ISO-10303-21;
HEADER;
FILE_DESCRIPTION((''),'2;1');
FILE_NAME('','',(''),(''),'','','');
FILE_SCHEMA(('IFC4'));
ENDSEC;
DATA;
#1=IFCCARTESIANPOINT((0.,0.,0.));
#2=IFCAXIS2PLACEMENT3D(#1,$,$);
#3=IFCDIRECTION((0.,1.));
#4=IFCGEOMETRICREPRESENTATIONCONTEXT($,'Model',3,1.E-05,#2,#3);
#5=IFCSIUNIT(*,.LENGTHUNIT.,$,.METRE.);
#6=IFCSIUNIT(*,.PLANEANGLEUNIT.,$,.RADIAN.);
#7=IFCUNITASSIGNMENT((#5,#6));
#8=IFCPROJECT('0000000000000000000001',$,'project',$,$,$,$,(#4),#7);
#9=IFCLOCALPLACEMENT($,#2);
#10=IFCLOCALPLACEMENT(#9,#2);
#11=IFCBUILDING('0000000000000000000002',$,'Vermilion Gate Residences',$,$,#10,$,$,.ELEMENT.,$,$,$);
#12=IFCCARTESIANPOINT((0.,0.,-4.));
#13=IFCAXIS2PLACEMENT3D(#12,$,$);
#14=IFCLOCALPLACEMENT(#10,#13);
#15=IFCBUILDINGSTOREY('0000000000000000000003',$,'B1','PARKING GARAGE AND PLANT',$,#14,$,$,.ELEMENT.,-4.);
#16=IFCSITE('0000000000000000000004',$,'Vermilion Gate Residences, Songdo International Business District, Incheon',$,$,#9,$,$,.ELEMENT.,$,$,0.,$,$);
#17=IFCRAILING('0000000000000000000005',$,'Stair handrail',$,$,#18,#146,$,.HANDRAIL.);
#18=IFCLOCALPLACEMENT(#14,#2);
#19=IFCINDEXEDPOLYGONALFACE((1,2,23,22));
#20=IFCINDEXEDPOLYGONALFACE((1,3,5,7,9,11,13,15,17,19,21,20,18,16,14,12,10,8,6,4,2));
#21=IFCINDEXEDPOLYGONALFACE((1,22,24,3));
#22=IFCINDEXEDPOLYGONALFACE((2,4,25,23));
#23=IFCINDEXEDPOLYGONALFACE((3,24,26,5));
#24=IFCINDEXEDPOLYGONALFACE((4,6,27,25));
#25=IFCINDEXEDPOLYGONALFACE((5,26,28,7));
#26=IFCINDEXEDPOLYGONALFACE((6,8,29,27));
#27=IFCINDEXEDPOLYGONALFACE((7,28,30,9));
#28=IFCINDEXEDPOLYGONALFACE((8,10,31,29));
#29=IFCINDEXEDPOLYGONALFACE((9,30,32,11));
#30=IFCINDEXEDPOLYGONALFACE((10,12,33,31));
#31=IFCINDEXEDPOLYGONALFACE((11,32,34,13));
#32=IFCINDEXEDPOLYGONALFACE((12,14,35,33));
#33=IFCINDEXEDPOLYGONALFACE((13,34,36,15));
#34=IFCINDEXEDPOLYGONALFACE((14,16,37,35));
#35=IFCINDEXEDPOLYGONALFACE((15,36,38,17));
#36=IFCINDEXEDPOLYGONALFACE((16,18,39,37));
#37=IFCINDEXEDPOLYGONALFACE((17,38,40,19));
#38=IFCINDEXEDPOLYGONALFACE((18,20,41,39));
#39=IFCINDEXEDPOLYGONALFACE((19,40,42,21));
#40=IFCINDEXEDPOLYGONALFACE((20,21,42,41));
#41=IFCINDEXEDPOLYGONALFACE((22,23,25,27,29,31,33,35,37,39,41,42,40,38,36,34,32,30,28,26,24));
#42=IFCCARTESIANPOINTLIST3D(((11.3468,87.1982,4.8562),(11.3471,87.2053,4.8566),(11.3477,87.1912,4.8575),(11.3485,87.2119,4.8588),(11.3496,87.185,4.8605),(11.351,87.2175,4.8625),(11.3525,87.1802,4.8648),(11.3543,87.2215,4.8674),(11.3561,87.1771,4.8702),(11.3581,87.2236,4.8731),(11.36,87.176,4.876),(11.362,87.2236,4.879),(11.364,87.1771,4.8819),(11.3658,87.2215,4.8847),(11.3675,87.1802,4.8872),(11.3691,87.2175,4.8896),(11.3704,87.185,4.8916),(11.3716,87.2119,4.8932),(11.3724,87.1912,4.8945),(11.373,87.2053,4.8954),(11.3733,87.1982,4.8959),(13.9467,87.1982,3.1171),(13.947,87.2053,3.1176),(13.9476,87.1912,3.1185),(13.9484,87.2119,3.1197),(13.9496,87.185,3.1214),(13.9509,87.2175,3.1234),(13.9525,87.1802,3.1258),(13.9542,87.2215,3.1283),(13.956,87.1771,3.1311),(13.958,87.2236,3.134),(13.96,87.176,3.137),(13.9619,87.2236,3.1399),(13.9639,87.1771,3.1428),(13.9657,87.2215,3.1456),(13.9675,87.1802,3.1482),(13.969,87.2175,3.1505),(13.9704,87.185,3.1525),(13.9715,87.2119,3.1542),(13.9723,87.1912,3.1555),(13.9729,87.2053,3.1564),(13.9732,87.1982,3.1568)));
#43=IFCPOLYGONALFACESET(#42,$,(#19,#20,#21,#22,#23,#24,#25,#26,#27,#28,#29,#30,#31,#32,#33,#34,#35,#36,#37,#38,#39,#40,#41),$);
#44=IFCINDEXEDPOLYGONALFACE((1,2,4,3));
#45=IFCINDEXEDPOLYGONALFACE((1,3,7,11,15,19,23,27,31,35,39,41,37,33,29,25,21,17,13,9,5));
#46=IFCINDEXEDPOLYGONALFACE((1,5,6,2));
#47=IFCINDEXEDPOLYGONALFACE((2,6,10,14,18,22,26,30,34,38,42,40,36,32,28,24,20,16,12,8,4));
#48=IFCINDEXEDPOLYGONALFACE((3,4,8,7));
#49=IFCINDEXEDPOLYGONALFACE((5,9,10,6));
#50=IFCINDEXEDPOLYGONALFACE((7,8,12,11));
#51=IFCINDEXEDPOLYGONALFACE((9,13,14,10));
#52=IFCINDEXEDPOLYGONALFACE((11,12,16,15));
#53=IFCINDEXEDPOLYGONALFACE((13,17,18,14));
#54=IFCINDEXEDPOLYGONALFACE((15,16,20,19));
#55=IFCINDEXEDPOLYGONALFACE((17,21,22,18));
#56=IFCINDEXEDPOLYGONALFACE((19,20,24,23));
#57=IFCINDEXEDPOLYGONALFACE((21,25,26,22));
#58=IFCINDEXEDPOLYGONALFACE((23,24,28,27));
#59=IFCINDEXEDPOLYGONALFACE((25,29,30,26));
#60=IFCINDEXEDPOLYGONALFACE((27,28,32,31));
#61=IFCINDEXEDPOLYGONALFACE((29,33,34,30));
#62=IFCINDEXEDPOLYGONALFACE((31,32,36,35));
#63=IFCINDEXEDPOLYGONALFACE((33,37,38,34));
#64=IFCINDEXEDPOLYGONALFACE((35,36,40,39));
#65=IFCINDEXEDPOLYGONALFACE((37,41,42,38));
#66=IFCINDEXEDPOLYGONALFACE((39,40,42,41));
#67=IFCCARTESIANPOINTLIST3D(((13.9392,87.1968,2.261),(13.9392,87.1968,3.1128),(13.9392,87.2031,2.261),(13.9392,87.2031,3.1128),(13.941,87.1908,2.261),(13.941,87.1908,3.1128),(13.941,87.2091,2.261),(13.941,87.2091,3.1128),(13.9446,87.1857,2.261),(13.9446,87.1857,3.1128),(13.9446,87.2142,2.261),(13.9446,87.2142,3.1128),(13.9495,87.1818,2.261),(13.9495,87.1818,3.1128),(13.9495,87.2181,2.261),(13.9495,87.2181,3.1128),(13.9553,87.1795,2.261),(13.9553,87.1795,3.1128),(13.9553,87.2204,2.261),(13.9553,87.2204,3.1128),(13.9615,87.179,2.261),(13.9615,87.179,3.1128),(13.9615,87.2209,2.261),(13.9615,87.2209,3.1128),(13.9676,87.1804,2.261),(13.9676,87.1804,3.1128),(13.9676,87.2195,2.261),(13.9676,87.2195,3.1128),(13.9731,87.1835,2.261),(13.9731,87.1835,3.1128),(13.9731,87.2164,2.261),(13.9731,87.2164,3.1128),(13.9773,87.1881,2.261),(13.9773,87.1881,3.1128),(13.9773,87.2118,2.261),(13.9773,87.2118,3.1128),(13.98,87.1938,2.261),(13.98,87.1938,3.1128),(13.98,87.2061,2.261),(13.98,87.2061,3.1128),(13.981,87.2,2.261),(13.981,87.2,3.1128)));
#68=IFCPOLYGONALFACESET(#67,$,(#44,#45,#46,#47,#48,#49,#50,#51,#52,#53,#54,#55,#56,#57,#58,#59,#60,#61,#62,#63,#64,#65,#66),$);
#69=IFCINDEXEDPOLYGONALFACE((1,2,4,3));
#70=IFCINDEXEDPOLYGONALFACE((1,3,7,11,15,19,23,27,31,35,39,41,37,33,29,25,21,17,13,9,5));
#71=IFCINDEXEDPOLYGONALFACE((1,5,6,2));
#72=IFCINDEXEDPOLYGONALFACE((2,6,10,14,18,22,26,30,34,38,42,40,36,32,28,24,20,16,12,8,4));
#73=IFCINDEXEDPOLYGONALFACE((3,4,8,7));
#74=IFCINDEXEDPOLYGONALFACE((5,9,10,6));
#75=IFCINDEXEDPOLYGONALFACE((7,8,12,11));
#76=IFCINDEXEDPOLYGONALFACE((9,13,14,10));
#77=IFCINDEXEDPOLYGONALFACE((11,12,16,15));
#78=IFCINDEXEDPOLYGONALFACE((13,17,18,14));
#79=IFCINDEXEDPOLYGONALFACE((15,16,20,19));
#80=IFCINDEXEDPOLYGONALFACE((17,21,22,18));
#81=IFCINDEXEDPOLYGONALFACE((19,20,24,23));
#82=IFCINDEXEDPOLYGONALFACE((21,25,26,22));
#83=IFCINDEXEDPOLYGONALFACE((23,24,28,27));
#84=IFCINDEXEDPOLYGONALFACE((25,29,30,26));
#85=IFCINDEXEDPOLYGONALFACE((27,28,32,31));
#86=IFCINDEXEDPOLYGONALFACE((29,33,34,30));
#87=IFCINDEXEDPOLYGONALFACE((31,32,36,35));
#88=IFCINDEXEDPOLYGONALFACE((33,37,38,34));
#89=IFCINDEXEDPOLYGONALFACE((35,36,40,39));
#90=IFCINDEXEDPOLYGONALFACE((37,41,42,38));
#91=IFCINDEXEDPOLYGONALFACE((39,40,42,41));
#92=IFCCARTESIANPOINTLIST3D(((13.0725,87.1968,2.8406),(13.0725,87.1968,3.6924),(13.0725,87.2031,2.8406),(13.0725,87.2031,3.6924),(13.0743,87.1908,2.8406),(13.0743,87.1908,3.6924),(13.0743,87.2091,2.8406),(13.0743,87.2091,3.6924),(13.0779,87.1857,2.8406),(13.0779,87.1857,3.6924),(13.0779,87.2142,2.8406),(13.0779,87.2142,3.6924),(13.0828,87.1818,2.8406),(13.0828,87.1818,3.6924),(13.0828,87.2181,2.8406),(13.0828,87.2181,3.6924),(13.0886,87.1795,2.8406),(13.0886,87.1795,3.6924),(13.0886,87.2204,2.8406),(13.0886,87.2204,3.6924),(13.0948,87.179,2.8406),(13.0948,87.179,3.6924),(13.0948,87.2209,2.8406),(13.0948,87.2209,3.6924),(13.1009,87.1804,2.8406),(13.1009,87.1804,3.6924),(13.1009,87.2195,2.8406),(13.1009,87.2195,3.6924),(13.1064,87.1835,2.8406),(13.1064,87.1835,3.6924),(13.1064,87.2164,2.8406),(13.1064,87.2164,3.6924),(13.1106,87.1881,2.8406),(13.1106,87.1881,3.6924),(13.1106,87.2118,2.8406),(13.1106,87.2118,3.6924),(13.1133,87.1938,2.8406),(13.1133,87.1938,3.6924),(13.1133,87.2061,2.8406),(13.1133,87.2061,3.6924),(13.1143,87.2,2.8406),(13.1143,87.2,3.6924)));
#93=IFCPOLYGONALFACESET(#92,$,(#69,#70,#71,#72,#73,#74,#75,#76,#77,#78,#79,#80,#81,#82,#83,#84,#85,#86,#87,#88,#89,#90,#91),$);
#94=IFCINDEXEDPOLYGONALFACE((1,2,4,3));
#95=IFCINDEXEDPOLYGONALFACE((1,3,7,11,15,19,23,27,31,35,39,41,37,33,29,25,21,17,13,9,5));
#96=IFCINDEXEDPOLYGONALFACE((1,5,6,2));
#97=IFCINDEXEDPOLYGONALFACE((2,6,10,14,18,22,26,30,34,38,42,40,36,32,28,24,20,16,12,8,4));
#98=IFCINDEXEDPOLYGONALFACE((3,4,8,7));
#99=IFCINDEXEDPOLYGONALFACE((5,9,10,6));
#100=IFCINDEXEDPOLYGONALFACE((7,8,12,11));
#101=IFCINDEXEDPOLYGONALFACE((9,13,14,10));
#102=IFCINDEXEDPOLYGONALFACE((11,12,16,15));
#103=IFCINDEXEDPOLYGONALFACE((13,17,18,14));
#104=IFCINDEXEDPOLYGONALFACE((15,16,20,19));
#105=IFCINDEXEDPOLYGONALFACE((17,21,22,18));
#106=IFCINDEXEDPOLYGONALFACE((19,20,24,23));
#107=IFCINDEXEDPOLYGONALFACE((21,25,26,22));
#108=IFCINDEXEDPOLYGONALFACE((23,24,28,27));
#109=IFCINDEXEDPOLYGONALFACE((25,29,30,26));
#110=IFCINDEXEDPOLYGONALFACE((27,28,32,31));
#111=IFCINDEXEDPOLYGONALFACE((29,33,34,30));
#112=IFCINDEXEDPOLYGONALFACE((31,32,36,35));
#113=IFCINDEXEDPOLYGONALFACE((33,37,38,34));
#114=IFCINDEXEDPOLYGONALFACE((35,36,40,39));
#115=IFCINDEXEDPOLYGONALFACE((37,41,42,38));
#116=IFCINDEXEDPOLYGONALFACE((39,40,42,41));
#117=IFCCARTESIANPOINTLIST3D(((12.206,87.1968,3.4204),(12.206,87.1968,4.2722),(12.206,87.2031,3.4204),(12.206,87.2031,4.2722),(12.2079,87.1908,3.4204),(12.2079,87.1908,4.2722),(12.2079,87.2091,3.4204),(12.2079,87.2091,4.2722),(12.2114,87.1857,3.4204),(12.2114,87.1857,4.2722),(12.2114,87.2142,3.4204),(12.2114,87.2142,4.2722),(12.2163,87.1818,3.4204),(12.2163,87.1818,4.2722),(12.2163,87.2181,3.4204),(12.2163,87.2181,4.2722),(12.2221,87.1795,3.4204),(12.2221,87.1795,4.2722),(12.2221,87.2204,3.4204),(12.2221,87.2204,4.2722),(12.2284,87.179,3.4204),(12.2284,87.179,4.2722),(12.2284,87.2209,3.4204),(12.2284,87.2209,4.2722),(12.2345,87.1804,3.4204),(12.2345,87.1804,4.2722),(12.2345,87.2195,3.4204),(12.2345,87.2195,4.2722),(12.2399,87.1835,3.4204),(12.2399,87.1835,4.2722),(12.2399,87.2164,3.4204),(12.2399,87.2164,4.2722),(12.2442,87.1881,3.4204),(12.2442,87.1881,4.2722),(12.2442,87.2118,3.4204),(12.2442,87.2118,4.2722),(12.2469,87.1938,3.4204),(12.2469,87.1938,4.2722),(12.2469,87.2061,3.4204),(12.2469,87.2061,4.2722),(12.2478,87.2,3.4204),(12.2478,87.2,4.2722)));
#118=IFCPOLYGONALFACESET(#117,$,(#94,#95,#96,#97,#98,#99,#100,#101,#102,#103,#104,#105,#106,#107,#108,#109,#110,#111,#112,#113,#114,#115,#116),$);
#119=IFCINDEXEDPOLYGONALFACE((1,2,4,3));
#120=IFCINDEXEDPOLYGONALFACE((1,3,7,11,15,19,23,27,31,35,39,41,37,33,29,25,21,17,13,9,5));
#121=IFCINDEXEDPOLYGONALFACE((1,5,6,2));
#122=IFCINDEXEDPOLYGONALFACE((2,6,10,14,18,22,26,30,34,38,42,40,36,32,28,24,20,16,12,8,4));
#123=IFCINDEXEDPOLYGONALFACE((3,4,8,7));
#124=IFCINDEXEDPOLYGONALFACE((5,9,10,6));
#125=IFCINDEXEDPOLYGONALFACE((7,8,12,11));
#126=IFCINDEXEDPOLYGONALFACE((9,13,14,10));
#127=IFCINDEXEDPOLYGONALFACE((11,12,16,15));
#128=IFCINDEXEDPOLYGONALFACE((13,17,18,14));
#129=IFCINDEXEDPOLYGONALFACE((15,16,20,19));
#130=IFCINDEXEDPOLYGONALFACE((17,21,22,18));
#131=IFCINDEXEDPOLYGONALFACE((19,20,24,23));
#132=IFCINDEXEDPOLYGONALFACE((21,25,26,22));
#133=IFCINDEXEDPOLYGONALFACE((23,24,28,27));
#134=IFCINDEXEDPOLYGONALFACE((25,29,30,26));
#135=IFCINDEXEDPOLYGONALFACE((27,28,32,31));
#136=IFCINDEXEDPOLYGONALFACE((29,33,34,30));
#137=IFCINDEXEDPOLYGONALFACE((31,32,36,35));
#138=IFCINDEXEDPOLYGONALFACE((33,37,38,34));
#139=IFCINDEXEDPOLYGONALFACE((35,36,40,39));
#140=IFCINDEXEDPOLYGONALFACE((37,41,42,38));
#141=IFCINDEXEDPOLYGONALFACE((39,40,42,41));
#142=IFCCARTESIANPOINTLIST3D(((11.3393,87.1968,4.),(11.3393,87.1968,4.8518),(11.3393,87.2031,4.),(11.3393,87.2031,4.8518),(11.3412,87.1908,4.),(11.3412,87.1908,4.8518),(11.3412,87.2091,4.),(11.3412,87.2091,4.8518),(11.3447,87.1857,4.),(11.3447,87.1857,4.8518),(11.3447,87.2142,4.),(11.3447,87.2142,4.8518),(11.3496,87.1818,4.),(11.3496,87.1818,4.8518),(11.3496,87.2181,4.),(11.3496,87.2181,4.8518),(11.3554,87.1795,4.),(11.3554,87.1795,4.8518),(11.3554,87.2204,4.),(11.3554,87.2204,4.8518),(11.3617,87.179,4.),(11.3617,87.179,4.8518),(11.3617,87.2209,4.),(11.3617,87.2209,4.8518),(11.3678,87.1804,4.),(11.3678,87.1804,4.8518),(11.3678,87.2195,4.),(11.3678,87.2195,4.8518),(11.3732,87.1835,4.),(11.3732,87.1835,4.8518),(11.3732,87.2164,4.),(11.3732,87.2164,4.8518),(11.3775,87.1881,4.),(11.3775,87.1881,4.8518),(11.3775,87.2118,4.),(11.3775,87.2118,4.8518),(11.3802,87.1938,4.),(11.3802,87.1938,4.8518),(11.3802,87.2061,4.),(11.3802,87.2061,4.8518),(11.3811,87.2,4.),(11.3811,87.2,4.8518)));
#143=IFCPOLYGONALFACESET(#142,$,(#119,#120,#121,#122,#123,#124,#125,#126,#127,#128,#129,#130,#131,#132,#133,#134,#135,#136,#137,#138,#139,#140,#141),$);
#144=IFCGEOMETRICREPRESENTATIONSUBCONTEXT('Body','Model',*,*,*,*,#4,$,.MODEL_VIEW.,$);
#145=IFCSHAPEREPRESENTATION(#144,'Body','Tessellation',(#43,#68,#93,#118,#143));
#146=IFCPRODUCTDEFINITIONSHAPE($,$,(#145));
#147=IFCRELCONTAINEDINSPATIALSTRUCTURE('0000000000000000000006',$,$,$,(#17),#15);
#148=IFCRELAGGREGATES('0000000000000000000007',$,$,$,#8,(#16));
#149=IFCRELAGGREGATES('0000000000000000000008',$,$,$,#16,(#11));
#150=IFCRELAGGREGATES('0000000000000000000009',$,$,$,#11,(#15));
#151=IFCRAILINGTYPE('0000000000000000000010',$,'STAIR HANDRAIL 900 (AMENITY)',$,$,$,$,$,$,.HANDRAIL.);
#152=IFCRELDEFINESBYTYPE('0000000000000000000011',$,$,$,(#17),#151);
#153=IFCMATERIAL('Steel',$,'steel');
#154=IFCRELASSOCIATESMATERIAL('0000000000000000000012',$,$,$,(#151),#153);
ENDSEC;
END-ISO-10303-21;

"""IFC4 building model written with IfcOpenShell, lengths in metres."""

from ifc_helpers import new_model, si_unit, direction, frame, origin, origin_2d, place, context, subcontext, project, spatial, circle, extrude, material, type_object, element, save


model = new_model("IFC4")

# Units and contexts
model_context = context("Model", 3, precision=1e-05, world=origin(), true_north=direction((0.0, 1.0)))
body_context = subcontext(model_context, "Body", "Model", "MODEL_VIEW")
ifc_project = project(units=[si_unit("LENGTHUNIT", "METRE"), si_unit("PLANEANGLEUNIT", "RADIAN")], contexts=[model_context])

# Site, building, storey
site_placement = place(None, origin())
site = spatial("IfcSite", under=ifc_project, at=site_placement, Name="Vermilion Gate Residences, Songdo International Business District, Incheon", CompositionType="ELEMENT", RefElevation=0.0)
building_placement = place(site_placement, origin())
building = spatial("IfcBuilding", under=site, at=building_placement, Name="Vermilion Gate Residences", CompositionType="ELEMENT")
storey_placement = place(building_placement, frame((0.0, 0.0, -4.0)))
storey = spatial("IfcBuildingStorey", under=building, at=storey_placement, Name="B1", Description="PARKING GARAGE AND PLANT", CompositionType="ELEMENT", Elevation=-4.0)

# Railing
ifc_material_1 = material(Name="Steel", Category="steel")
railing_type = type_object("IfcRailingType", Name="STAIR HANDRAIL 900 (AMENITY)", PredefinedType="HANDRAIL", material=ifc_material_1)
railing_1_placement = place(storey_placement, frame((13.96, 87.2, 2.261)))
element("IfcRailing", 1, at=railing_1_placement, inside=storey, type_object=railing_type, Name="Stair handrail", PredefinedType="HANDRAIL", context=body_context, shape_type="SweptSolid", body=[
    extrude(circle(Radius=0.0239, at=origin_2d()), frame((0.0, 0.0, 0.876), z_axis=(-0.831197, 0.0, 0.555978), x_axis=(0.0, -1.0, 0.0)), (0.0, 0.0, 1.0), 3.1279),
    extrude(circle(Radius=0.021, at=origin_2d()), origin(), (0.0, 0.0, 1.0), 0.8518),
    extrude(circle(Radius=0.021, at=origin_2d()), frame((-0.8667, 0.0, 0.5796)), (0.0, 0.0, 1.0), 0.8518),
    extrude(circle(Radius=0.021, at=origin_2d()), frame((-1.7332, 0.0, 1.1594)), (0.0, 0.0, 1.0), 0.8518),
    extrude(circle(Radius=0.021, at=origin_2d()), frame((-2.5999, 0.0, 1.739)), (0.0, 0.0, 1.0), 0.8518),
])

save(model, "model.ifc")
